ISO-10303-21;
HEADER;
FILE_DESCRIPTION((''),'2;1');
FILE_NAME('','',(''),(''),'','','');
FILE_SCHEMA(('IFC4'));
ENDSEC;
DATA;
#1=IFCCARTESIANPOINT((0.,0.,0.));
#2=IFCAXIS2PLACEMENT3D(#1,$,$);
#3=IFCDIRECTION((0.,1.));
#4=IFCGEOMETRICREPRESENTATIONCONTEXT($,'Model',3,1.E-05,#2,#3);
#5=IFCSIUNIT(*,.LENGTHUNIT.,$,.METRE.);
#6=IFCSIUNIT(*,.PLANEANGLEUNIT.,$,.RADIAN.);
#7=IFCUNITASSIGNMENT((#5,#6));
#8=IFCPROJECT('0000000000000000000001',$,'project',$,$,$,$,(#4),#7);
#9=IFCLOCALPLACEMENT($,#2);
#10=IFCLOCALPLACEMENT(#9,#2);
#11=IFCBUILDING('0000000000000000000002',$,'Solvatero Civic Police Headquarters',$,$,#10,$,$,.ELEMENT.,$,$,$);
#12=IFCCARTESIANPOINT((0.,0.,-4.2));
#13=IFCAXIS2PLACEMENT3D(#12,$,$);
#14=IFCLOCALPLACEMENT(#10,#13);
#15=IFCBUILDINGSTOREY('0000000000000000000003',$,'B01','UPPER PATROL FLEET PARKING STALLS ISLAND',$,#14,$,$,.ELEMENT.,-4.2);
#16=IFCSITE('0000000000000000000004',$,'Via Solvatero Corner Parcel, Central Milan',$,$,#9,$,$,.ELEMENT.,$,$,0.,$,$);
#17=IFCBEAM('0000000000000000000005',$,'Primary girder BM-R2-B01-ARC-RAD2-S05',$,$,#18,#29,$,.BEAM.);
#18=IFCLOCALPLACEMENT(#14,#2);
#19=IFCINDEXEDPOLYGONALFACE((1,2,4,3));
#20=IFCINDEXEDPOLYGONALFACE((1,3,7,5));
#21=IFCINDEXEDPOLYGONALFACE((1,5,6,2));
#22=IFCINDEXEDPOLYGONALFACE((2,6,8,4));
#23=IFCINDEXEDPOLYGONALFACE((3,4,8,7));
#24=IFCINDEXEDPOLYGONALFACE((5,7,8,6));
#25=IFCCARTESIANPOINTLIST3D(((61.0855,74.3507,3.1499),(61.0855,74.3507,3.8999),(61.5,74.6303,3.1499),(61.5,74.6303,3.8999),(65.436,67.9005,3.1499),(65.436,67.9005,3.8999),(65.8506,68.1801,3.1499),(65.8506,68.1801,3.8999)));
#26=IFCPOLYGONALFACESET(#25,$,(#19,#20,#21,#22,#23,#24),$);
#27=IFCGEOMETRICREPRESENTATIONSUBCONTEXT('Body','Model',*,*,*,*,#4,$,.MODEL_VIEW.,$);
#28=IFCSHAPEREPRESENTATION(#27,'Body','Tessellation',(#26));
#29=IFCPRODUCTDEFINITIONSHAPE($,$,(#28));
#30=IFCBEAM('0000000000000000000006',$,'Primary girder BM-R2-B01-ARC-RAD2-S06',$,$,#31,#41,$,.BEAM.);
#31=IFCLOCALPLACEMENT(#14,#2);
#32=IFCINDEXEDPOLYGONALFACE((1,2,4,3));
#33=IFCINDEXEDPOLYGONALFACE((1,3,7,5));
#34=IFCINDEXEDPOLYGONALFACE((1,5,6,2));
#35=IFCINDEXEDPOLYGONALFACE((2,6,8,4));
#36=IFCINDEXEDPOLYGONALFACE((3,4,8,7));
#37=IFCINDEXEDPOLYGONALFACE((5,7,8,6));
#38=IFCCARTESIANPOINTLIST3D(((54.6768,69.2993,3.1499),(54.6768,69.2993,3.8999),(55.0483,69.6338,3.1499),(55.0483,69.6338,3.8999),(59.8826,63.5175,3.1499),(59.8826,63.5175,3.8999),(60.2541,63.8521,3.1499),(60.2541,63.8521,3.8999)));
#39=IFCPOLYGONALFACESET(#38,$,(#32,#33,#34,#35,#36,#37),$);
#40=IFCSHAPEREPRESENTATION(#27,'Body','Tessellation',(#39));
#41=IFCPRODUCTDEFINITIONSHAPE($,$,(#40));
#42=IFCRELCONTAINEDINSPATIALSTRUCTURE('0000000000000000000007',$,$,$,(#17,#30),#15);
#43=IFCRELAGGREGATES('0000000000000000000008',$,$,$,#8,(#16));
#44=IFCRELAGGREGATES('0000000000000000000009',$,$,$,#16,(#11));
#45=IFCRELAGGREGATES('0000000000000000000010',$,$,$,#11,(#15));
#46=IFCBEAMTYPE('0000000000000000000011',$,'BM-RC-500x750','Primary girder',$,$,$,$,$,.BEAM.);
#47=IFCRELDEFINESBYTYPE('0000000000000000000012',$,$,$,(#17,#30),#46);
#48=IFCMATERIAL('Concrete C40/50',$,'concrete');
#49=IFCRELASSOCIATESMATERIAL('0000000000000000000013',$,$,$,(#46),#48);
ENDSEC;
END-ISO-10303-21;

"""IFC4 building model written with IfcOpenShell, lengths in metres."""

from ifc_helpers import new_model, si_unit, direction, frame, origin, origin_2d, place, context, subcontext, project, spatial, rectangle, extrude, material, material_profile, profile_set, type_object, element, save


model = new_model("IFC4")

# Units and contexts
model_context = context("Model", 3, precision=1e-05, world=origin(), true_north=direction((0.0, 1.0)))
body_context = subcontext(model_context, "Body", "Model", "MODEL_VIEW")
ifc_project = project(units=[si_unit("LENGTHUNIT", "METRE"), si_unit("PLANEANGLEUNIT", "RADIAN")], contexts=[model_context])

# Site, building, storey
site_placement = place(None, origin())
site = spatial("IfcSite", under=ifc_project, at=site_placement, Name="Via Solvatero Corner Parcel, Central Milan", CompositionType="ELEMENT", RefElevation=0.0)
building_placement = place(site_placement, origin())
building = spatial("IfcBuilding", under=site, at=building_placement, Name="Solvatero Civic Police Headquarters", CompositionType="ELEMENT")
storey_placement = place(building_placement, frame((0.0, 0.0, -4.2)))
storey = spatial("IfcBuildingStorey", under=building, at=storey_placement, Name="B01", Description="UPPER PATROL FLEET PARKING STALLS ISLAND", CompositionType="ELEMENT", Elevation=-4.2)

# Shared definitions
ifc_material = material(Name="Concrete C40/50", Category="concrete")

# Beams
ifc_material_profile_1 = material_profile(ifc_material, rectangle(XDim=0.5, YDim=0.75, at=origin_2d()), Name="RC 500x750")
ifc_profile_set_1 = profile_set([ifc_material_profile_1], Name="Concrete C40/50")
beam_type_1 = type_object("IfcBeamType", Name="BM-RC-500x750", Description="Primary girder", PredefinedType="BEAM", material=ifc_profile_set_1)
beam_1_placement = place(storey_placement, frame((65.6433, 68.0403, 3.5249), z_axis=(-0.559182, 0.829045, 0.0), x_axis=(-0.829045, -0.559182, 0.0)))
element("IfcBeam", 1, at=beam_1_placement, inside=storey, type_object=beam_type_1, Name="Primary girder BM-R2-B01-ARC-RAD2-S05", PredefinedType="BEAM", context=body_context, shape_type="SweptSolid", body=[
    extrude(rectangle(XDim=0.5, YDim=0.75, at=origin_2d()), origin(), (0.0, 0.0, 1.0), 7.7803),
])
beam_2_placement = place(storey_placement, frame((60.0684, 63.6848, 3.5249), z_axis=(-0.669124, 0.743151, 0.0), x_axis=(-0.743151, -0.669124, 0.0)))
element("IfcBeam", 2, at=beam_2_placement, inside=storey, type_object=beam_type_1, Name="Primary girder BM-R2-B01-ARC-RAD2-S06", PredefinedType="BEAM", context=body_context, shape_type="SweptSolid", body=[
    extrude(rectangle(XDim=0.5, YDim=0.75, at=origin_2d()), origin(), (0.0, 0.0, 1.0), 7.78),
])

save(model, "model.ifc")
